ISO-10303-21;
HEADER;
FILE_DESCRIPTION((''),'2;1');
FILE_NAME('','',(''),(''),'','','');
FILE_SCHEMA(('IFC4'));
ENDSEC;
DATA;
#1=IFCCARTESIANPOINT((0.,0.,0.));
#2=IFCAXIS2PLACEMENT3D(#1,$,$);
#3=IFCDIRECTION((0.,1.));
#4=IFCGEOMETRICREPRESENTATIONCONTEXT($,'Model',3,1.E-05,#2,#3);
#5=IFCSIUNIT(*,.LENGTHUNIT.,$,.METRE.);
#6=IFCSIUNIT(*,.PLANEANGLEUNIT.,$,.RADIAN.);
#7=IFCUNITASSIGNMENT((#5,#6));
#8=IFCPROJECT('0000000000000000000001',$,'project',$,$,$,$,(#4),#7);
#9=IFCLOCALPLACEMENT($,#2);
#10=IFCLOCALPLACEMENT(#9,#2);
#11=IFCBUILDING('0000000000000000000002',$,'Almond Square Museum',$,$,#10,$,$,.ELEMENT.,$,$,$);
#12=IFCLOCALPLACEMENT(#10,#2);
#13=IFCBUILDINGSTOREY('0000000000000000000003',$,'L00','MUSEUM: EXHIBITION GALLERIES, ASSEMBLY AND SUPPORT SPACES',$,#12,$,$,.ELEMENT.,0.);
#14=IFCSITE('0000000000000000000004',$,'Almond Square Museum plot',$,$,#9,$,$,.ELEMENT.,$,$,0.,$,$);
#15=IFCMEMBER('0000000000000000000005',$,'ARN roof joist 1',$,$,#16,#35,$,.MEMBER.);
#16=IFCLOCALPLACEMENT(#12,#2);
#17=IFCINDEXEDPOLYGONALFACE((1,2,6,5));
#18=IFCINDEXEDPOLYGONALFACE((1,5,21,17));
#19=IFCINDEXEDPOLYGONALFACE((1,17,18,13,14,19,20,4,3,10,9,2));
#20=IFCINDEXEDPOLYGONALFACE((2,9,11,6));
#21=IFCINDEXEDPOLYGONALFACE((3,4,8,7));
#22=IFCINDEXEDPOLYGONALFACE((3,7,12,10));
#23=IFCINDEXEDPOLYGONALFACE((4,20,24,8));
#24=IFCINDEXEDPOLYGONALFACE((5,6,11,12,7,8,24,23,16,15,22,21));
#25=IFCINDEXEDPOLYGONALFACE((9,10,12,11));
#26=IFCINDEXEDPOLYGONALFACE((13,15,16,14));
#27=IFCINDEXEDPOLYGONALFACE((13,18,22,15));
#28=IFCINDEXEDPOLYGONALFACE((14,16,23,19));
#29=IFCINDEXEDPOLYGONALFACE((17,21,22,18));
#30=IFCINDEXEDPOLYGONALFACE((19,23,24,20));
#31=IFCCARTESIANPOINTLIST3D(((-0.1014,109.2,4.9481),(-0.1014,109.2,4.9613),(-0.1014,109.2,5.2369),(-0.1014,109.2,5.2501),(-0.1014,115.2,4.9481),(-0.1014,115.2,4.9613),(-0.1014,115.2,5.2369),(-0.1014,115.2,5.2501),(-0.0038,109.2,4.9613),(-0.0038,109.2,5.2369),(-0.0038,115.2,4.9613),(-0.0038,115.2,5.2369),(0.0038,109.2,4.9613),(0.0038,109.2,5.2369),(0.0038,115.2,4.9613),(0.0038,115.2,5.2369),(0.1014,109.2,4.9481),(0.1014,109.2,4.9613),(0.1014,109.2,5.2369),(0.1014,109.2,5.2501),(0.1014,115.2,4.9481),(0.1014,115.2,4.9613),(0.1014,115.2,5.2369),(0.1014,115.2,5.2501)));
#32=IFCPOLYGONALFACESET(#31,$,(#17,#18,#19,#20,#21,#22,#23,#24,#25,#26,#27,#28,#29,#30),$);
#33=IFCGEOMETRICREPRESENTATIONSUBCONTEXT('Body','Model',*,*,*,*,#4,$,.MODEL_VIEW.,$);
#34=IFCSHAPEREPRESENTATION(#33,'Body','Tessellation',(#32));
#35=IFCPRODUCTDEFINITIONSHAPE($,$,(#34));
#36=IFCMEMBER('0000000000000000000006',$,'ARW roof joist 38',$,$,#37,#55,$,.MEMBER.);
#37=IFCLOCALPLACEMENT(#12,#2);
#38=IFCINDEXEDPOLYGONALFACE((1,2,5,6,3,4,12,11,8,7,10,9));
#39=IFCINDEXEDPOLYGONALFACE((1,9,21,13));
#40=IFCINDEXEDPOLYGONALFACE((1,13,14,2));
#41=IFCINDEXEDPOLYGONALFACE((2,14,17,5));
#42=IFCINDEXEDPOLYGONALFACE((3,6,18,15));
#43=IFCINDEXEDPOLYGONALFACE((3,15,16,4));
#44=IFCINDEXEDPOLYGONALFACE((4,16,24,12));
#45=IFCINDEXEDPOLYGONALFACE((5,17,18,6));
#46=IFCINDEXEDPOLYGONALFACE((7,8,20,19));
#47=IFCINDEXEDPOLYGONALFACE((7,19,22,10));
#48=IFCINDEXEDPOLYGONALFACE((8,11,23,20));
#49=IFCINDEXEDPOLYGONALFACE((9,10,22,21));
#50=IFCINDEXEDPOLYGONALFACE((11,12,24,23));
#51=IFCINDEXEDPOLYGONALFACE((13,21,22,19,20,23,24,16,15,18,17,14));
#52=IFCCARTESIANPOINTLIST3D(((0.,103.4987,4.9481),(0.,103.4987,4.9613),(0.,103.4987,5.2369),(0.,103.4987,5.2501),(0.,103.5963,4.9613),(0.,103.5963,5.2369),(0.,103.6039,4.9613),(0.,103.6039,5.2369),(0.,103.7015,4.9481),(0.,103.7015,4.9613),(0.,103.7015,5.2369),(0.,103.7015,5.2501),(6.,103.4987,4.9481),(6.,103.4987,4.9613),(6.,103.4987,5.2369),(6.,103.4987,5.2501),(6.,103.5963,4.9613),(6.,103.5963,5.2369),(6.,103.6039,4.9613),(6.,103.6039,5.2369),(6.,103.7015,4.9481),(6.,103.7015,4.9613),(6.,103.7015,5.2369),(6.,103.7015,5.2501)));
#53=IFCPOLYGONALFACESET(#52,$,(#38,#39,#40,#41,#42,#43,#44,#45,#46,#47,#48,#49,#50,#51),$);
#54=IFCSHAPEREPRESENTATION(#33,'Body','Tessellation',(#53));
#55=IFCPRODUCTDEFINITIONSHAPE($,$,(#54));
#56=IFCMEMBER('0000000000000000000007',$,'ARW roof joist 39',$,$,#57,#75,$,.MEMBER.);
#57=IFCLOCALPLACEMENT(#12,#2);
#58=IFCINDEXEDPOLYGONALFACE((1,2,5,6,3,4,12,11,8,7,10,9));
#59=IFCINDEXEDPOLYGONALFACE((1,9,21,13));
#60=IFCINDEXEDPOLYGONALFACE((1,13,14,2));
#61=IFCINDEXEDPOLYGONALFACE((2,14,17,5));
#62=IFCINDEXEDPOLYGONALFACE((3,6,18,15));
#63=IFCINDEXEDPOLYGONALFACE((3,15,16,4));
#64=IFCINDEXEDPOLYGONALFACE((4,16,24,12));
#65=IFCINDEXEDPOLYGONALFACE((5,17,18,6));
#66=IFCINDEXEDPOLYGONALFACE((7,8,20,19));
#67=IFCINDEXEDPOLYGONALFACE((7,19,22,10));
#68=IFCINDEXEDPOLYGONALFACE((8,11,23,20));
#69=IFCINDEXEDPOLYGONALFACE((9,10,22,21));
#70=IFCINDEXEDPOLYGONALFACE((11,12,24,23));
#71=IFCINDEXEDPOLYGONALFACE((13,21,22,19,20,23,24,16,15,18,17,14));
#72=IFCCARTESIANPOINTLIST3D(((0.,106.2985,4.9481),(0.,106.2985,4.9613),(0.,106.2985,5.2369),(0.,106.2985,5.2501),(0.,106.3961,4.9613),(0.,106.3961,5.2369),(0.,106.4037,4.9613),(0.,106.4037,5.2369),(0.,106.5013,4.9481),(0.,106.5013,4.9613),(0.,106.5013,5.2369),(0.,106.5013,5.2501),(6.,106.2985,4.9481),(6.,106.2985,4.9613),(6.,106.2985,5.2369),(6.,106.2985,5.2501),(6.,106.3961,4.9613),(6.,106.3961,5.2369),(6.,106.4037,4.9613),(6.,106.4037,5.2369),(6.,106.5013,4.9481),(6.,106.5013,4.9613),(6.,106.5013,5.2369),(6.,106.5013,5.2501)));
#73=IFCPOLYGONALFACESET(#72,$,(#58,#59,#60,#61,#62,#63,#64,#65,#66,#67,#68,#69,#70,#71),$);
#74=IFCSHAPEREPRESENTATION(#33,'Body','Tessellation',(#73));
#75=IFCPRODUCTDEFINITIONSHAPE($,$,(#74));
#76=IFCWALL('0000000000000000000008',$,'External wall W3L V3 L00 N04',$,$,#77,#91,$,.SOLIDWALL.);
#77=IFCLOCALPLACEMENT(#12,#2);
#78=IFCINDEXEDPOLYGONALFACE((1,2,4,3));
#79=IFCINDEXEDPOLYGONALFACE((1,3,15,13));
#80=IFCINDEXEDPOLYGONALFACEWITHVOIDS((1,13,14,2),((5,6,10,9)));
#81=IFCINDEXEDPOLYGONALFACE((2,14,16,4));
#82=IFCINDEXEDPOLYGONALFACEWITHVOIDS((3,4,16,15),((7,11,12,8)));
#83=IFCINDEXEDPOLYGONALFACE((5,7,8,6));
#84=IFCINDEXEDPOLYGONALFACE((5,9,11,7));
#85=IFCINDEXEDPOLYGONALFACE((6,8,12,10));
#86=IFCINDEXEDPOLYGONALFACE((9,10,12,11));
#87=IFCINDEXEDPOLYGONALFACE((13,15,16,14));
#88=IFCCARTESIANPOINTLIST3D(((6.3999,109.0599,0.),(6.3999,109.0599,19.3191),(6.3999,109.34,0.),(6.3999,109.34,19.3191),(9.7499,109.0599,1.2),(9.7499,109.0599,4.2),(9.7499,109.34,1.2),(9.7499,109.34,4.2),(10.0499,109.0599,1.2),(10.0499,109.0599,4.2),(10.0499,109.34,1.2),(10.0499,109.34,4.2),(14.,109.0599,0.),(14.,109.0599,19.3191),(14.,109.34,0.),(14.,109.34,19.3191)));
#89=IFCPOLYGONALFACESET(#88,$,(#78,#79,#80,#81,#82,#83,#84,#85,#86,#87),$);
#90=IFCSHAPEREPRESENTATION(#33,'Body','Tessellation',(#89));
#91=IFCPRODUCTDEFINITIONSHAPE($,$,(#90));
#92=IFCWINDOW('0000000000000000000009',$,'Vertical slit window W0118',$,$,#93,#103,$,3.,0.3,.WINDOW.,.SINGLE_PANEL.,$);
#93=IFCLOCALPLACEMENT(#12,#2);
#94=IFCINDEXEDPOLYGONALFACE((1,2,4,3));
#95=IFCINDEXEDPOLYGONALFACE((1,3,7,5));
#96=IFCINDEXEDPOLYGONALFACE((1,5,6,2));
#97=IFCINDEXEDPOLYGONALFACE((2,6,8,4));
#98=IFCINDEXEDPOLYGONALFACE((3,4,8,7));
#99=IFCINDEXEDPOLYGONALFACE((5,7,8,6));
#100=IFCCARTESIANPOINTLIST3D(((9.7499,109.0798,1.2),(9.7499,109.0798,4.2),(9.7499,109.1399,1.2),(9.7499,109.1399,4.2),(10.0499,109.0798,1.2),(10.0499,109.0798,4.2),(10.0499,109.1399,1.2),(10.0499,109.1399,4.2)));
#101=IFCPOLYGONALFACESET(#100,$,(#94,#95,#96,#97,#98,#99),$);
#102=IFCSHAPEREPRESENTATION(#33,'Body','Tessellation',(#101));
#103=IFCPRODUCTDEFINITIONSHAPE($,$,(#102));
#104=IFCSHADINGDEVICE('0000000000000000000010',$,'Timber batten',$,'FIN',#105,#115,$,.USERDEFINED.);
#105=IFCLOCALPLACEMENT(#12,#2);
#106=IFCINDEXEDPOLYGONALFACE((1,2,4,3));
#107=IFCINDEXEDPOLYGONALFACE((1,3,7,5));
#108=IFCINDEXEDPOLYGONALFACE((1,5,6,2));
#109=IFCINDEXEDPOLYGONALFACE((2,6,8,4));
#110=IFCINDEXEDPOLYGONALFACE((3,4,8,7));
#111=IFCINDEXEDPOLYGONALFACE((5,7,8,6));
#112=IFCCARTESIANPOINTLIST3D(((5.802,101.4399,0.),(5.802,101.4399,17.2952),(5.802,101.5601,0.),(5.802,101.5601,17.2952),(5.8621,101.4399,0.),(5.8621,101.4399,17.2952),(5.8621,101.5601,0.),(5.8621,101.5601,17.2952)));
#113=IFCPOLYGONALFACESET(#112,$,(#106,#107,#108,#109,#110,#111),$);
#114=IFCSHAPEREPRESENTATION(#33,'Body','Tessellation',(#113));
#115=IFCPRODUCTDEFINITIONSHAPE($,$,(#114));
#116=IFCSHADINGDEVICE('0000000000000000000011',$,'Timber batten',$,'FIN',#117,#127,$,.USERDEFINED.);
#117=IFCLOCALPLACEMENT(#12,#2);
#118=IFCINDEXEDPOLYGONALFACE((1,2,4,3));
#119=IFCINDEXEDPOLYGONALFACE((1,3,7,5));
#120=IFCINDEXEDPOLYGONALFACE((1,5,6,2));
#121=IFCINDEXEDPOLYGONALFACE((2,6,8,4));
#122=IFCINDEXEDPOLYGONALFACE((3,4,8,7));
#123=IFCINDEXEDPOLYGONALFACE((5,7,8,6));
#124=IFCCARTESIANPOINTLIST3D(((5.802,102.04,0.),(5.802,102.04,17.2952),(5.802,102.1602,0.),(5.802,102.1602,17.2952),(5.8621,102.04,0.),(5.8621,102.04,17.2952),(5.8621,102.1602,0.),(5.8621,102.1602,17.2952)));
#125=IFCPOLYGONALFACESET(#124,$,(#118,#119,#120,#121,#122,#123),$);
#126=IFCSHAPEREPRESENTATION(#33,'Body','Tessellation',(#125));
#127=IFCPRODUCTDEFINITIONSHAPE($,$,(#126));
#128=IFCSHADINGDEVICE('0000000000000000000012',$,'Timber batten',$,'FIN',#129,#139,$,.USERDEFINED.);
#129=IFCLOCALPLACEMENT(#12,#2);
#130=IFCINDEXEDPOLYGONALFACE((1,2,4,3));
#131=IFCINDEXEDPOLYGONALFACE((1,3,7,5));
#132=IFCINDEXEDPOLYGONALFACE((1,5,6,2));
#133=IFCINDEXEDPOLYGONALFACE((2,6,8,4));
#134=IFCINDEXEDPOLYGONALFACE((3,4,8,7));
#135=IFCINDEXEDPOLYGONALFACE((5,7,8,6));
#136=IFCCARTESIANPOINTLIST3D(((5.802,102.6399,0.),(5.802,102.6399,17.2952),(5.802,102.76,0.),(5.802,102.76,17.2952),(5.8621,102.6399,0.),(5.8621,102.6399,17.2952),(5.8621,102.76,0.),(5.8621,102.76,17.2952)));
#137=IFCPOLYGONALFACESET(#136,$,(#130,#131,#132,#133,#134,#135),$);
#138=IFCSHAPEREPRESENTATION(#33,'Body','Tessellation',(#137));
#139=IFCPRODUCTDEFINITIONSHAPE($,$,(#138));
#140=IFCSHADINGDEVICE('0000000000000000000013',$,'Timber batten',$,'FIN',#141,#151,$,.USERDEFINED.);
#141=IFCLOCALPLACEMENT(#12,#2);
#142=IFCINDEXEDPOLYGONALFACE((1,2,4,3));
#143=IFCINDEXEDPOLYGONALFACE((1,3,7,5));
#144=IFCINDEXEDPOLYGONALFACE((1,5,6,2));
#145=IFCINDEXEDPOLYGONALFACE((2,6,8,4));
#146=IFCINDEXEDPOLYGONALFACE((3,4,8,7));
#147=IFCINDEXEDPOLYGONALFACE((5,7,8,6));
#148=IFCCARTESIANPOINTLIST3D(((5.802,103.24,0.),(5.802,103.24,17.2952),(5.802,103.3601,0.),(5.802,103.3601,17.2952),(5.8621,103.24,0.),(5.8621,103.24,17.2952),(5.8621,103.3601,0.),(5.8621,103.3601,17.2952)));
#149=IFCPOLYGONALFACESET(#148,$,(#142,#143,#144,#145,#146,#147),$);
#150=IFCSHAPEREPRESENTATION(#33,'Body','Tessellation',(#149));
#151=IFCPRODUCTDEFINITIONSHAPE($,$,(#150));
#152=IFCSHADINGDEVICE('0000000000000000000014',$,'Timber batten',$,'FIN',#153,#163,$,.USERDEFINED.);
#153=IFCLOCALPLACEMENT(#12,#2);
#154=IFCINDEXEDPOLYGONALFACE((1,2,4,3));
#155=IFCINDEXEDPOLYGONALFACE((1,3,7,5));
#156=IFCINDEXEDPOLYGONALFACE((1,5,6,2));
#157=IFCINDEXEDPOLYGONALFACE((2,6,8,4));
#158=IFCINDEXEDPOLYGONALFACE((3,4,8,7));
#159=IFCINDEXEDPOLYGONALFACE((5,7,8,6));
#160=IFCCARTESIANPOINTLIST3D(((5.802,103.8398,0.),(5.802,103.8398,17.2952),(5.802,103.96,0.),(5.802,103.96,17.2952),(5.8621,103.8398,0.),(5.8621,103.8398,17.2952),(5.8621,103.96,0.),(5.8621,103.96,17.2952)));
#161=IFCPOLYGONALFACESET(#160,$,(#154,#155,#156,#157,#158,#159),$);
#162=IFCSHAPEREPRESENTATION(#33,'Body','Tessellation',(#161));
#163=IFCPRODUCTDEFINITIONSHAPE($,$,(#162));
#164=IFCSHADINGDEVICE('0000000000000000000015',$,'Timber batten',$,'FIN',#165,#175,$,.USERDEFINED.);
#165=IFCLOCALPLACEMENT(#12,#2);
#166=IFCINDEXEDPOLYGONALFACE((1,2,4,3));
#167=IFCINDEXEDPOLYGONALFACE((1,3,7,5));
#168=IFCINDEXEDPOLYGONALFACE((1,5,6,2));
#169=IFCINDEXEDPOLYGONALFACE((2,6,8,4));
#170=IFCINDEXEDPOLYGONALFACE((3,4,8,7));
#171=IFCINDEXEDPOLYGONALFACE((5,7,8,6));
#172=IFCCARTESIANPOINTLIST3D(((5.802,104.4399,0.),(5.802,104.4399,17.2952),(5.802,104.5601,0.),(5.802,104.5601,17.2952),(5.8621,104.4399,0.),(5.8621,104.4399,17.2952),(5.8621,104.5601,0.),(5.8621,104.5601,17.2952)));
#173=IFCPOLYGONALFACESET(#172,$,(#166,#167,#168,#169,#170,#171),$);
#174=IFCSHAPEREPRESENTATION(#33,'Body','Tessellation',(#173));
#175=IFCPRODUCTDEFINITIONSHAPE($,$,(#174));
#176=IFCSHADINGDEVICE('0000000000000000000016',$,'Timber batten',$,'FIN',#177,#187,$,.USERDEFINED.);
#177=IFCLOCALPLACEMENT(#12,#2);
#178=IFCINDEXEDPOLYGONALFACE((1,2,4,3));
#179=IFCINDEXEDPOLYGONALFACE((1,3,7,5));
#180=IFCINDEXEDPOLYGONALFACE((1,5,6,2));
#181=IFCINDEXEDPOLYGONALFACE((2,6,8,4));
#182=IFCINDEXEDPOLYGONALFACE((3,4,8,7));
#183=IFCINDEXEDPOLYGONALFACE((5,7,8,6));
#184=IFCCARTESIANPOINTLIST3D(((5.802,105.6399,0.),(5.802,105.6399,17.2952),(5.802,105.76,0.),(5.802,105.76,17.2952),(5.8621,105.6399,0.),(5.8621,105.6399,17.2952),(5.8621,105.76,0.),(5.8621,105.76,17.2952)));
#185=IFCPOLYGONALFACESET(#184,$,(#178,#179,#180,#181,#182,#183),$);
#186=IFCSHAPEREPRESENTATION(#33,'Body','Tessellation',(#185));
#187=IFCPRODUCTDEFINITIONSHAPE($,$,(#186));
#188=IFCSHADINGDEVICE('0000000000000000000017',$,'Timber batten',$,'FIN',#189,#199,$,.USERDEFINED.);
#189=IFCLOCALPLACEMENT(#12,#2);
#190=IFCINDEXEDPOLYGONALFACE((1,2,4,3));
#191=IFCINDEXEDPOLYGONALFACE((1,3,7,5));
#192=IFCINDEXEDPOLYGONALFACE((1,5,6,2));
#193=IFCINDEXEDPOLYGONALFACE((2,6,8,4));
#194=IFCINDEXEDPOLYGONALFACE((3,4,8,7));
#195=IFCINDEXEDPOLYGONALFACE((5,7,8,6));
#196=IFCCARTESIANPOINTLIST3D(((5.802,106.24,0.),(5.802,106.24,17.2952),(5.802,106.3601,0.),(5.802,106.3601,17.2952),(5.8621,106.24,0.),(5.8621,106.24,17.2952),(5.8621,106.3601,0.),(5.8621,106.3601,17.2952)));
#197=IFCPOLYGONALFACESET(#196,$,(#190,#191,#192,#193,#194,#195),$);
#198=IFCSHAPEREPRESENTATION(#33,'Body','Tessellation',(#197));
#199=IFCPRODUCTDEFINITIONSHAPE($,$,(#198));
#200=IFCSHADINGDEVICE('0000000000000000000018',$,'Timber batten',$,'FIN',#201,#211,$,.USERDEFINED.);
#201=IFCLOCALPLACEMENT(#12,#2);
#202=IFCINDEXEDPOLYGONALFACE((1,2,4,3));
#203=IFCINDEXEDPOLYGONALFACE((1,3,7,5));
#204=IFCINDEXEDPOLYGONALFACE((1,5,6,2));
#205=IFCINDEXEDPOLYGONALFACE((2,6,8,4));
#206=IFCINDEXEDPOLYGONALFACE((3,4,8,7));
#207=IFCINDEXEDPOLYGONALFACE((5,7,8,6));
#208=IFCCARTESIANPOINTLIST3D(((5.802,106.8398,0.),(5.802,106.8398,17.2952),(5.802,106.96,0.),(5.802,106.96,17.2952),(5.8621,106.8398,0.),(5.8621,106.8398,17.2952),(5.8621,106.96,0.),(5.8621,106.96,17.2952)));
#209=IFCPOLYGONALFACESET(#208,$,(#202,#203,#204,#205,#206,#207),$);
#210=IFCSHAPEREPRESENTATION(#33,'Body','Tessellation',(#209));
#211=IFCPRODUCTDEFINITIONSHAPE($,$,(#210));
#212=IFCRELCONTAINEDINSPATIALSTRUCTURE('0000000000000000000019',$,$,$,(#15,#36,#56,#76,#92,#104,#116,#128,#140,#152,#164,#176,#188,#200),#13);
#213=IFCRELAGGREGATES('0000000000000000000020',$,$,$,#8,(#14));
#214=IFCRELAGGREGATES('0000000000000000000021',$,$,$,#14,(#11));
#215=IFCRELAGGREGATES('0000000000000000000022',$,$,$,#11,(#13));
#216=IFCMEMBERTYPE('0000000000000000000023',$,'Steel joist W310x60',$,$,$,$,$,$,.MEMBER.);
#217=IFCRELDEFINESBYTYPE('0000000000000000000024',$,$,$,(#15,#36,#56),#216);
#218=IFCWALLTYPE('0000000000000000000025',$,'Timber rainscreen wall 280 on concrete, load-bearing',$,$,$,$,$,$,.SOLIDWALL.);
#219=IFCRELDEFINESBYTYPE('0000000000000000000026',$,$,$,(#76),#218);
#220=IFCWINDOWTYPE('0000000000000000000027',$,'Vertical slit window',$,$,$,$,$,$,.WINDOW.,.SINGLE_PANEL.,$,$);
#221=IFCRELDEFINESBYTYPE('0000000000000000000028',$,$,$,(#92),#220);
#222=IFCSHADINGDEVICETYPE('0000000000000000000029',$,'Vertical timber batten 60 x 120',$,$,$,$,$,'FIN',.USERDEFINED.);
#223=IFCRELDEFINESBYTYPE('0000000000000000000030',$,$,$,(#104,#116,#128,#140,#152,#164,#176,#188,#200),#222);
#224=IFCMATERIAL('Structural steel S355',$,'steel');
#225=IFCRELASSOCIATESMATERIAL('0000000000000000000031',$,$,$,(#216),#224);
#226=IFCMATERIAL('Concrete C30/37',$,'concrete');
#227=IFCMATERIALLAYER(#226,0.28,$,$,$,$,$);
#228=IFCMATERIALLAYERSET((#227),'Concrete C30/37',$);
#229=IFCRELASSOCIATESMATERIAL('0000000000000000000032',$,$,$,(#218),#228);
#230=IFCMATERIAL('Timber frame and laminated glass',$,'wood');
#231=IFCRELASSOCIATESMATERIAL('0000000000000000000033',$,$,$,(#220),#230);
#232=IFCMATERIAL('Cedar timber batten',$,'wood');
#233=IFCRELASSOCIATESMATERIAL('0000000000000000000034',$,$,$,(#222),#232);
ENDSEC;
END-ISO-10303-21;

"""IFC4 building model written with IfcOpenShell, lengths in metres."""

from ifc_helpers import new_model, si_unit, direction, frame, frame_2d, origin, origin_2d, place, context, subcontext, project, spatial, rectangle, i_section, extrude, material, layer, layer_set, material_profile, profile_set, type_object, element, fill, save


model = new_model("IFC4")

# Units and contexts
model_context = context("Model", 3, precision=1e-05, world=origin(), true_north=direction((0.0, 1.0)))
body_context = subcontext(model_context, "Body", "Model", "MODEL_VIEW")
ifc_project = project(units=[si_unit("LENGTHUNIT", "METRE"), si_unit("PLANEANGLEUNIT", "RADIAN")], contexts=[model_context])

# Site, building, storey
site_placement = place(None, origin())
site = spatial("IfcSite", under=ifc_project, at=site_placement, Name="Almond Square Museum plot", CompositionType="ELEMENT", RefElevation=0.0)
building_placement = place(site_placement, origin())
building = spatial("IfcBuilding", under=site, at=building_placement, Name="Almond Square Museum", CompositionType="ELEMENT")
storey_placement = place(building_placement, origin())
storey = spatial("IfcBuildingStorey", under=building, at=storey_placement, Name="L00", Description="MUSEUM: EXHIBITION GALLERIES, ASSEMBLY AND SUPPORT SPACES", CompositionType="ELEMENT", Elevation=0.0)

# Members
ifc_material_1 = material(Name="Structural steel S355", Category="steel")
ifc_material_profile_1 = material_profile(ifc_material_1, i_section(OverallWidth=0.2029, OverallDepth=0.302, WebThickness=0.0076, FlangeThickness=0.0132, at=origin_2d()))
ifc_profile_set_1 = profile_set([ifc_material_profile_1], Name="Structural steel S355")
member_type = type_object("IfcMemberType", Name="Steel joist W310x60", PredefinedType="MEMBER", material=ifc_profile_set_1)
for number, where, z_axis, x_axis, name in (
    (1, (0.0, 109.2, 5.0991), (0.0, 1.0, 0.0), (-1.0, 0.0, 0.0), "ARN roof joist 1"),
    (2, (6.0, 103.6001, 5.0991), (-1.0, 0.0, 0.0), (0.0, -1.0, 0.0), "ARW roof joist 38"),
    (3, (6.0, 106.3999, 5.0991), (-1.0, 0.0, 0.0), (0.0, -1.0, 0.0), "ARW roof joist 39"),
):
    element("IfcMember", number, at=place(storey_placement, frame(where, z_axis=z_axis, x_axis=x_axis)), inside=storey, type_object=member_type, Name=name, PredefinedType="MEMBER", context=body_context, shape_type="SweptSolid", body=[
        extrude(i_section(OverallWidth=0.2029, OverallDepth=0.302, WebThickness=0.0076, FlangeThickness=0.0132, at=origin_2d()), origin(), (0.0, 0.0, 1.0), 6.0),
    ])

# Wall, opening, window
ifc_material_2 = material(Name="Concrete C30/37", Category="concrete")
ifc_layer = layer(ifc_material_2, 0.28)
ifc_layer_set = layer_set([ifc_layer], Name="Concrete C30/37")
wall_type = type_object("IfcWallType", Name="Timber rainscreen wall 280 on concrete, load-bearing", PredefinedType="SOLIDWALL", material=ifc_layer_set)
wall_placement = place(storey_placement, frame((6.3999, 109.2, 0.0), z_axis=(0.0, 0.0, 1.0), x_axis=(1.0, 0.0, 0.0)))
wall = element("IfcWall", 4, at=wall_placement, inside=storey, type_object=wall_type, Name="External wall W3L V3 L00 N04", PredefinedType="SOLIDWALL", context=body_context, shape_type="SweptSolid", body=[
    extrude(rectangle(XDim=7.6001, YDim=0.28, at=frame_2d((3.8, 0.0))), origin(), (0.0, 0.0, 1.0), 19.3191),
])
opening_placement = place(wall_placement, frame((3.3501, 0.0, 1.2)))
opening = element("IfcOpeningElement", 5, at=opening_placement, cuts=wall, PredefinedType="OPENING", context=body_context, shape_type="SweptSolid", body=[
    extrude(rectangle(XDim=0.3, YDim=3.0, at=frame_2d((0.1499, 1.5))), frame((0.0, 0.1499, 0.0), z_axis=(0.0, -1.0, 0.0), x_axis=(1.0, 0.0, 0.0)), (0.0, 0.0, 1.0), 0.3),
])
ifc_material_3 = material(Name="Timber frame and laminated glass", Category="wood")
window_type = type_object("IfcWindowType", Name="Vertical slit window", PartitioningType="SINGLE_PANEL", PredefinedType="WINDOW", material=ifc_material_3)
window_placement = place(opening_placement, origin())
window = element("IfcWindow", 6, at=window_placement, inside=storey, type_object=window_type, Name="Vertical slit window W0118", OverallHeight=3.0, OverallWidth=0.3, PartitioningType="SINGLE_PANEL", PredefinedType="WINDOW", context=body_context, shape_type="SweptSolid", body=[
    extrude(rectangle(XDim=0.3, YDim=3.0, at=frame_2d((0.1499, 1.5))), frame((0.0, -0.0601, 0.0), z_axis=(0.0, -1.0, 0.0), x_axis=(1.0, 0.0, 0.0)), (0.0, 0.0, 1.0), 0.0601),
])
fill(opening, window)

# Shading devices
ifc_material_4 = material(Name="Cedar timber batten", Category="wood")
ifc_material_profile_2 = material_profile(ifc_material_4, rectangle(XDim=0.0601, YDim=0.1201, at=origin_2d()))
ifc_profile_set_2 = profile_set([ifc_material_profile_2], Name="Cedar timber batten")
shading_device_type = type_object("IfcShadingDeviceType", Name="Vertical timber batten 60 x 120", ElementType="FIN", PredefinedType="USERDEFINED", material=ifc_profile_set_2)
for number, where, z_axis, x_axis, name in (
    (7, (5.832, 101.5, 0.0), (0.0, 0.0, 1.0), (-1.0, 0.0, 0.0), "Timber batten"),
    (8, (5.832, 102.1001, 0.0), (0.0, 0.0, 1.0), (-1.0, 0.0, 0.0), "Timber batten"),
    (9, (5.832, 102.7, 0.0), (0.0, 0.0, 1.0), (-1.0, 0.0, 0.0), "Timber batten"),
    (10, (5.832, 103.3, 0.0), (0.0, 0.0, 1.0), (-1.0, 0.0, 0.0), "Timber batten"),
    (11, (5.832, 103.8999, 0.0), (0.0, 0.0, 1.0), (-1.0, 0.0, 0.0), "Timber batten"),
    (12, (5.832, 104.5, 0.0), (0.0, 0.0, 1.0), (-1.0, 0.0, 0.0), "Timber batten"),
    (13, (5.832, 105.7, 0.0), (0.0, 0.0, 1.0), (-1.0, 0.0, 0.0), "Timber batten"),
    (14, (5.832, 106.3, 0.0), (0.0, 0.0, 1.0), (-1.0, 0.0, 0.0), "Timber batten"),
    (15, (5.832, 106.8999, 0.0), (0.0, 0.0, 1.0), (-1.0, 0.0, 0.0), "Timber batten"),
):
    element("IfcShadingDevice", number, at=place(storey_placement, frame(where, z_axis=z_axis, x_axis=x_axis)), inside=storey, type_object=shading_device_type, Name=name, ObjectType="FIN", PredefinedType="USERDEFINED", context=body_context, shape_type="SweptSolid", body=[
        extrude(rectangle(XDim=0.0601, YDim=0.1201, at=origin_2d()), origin(), (0.0, 0.0, 1.0), 17.2952),
    ])

save(model, "model.ifc")
